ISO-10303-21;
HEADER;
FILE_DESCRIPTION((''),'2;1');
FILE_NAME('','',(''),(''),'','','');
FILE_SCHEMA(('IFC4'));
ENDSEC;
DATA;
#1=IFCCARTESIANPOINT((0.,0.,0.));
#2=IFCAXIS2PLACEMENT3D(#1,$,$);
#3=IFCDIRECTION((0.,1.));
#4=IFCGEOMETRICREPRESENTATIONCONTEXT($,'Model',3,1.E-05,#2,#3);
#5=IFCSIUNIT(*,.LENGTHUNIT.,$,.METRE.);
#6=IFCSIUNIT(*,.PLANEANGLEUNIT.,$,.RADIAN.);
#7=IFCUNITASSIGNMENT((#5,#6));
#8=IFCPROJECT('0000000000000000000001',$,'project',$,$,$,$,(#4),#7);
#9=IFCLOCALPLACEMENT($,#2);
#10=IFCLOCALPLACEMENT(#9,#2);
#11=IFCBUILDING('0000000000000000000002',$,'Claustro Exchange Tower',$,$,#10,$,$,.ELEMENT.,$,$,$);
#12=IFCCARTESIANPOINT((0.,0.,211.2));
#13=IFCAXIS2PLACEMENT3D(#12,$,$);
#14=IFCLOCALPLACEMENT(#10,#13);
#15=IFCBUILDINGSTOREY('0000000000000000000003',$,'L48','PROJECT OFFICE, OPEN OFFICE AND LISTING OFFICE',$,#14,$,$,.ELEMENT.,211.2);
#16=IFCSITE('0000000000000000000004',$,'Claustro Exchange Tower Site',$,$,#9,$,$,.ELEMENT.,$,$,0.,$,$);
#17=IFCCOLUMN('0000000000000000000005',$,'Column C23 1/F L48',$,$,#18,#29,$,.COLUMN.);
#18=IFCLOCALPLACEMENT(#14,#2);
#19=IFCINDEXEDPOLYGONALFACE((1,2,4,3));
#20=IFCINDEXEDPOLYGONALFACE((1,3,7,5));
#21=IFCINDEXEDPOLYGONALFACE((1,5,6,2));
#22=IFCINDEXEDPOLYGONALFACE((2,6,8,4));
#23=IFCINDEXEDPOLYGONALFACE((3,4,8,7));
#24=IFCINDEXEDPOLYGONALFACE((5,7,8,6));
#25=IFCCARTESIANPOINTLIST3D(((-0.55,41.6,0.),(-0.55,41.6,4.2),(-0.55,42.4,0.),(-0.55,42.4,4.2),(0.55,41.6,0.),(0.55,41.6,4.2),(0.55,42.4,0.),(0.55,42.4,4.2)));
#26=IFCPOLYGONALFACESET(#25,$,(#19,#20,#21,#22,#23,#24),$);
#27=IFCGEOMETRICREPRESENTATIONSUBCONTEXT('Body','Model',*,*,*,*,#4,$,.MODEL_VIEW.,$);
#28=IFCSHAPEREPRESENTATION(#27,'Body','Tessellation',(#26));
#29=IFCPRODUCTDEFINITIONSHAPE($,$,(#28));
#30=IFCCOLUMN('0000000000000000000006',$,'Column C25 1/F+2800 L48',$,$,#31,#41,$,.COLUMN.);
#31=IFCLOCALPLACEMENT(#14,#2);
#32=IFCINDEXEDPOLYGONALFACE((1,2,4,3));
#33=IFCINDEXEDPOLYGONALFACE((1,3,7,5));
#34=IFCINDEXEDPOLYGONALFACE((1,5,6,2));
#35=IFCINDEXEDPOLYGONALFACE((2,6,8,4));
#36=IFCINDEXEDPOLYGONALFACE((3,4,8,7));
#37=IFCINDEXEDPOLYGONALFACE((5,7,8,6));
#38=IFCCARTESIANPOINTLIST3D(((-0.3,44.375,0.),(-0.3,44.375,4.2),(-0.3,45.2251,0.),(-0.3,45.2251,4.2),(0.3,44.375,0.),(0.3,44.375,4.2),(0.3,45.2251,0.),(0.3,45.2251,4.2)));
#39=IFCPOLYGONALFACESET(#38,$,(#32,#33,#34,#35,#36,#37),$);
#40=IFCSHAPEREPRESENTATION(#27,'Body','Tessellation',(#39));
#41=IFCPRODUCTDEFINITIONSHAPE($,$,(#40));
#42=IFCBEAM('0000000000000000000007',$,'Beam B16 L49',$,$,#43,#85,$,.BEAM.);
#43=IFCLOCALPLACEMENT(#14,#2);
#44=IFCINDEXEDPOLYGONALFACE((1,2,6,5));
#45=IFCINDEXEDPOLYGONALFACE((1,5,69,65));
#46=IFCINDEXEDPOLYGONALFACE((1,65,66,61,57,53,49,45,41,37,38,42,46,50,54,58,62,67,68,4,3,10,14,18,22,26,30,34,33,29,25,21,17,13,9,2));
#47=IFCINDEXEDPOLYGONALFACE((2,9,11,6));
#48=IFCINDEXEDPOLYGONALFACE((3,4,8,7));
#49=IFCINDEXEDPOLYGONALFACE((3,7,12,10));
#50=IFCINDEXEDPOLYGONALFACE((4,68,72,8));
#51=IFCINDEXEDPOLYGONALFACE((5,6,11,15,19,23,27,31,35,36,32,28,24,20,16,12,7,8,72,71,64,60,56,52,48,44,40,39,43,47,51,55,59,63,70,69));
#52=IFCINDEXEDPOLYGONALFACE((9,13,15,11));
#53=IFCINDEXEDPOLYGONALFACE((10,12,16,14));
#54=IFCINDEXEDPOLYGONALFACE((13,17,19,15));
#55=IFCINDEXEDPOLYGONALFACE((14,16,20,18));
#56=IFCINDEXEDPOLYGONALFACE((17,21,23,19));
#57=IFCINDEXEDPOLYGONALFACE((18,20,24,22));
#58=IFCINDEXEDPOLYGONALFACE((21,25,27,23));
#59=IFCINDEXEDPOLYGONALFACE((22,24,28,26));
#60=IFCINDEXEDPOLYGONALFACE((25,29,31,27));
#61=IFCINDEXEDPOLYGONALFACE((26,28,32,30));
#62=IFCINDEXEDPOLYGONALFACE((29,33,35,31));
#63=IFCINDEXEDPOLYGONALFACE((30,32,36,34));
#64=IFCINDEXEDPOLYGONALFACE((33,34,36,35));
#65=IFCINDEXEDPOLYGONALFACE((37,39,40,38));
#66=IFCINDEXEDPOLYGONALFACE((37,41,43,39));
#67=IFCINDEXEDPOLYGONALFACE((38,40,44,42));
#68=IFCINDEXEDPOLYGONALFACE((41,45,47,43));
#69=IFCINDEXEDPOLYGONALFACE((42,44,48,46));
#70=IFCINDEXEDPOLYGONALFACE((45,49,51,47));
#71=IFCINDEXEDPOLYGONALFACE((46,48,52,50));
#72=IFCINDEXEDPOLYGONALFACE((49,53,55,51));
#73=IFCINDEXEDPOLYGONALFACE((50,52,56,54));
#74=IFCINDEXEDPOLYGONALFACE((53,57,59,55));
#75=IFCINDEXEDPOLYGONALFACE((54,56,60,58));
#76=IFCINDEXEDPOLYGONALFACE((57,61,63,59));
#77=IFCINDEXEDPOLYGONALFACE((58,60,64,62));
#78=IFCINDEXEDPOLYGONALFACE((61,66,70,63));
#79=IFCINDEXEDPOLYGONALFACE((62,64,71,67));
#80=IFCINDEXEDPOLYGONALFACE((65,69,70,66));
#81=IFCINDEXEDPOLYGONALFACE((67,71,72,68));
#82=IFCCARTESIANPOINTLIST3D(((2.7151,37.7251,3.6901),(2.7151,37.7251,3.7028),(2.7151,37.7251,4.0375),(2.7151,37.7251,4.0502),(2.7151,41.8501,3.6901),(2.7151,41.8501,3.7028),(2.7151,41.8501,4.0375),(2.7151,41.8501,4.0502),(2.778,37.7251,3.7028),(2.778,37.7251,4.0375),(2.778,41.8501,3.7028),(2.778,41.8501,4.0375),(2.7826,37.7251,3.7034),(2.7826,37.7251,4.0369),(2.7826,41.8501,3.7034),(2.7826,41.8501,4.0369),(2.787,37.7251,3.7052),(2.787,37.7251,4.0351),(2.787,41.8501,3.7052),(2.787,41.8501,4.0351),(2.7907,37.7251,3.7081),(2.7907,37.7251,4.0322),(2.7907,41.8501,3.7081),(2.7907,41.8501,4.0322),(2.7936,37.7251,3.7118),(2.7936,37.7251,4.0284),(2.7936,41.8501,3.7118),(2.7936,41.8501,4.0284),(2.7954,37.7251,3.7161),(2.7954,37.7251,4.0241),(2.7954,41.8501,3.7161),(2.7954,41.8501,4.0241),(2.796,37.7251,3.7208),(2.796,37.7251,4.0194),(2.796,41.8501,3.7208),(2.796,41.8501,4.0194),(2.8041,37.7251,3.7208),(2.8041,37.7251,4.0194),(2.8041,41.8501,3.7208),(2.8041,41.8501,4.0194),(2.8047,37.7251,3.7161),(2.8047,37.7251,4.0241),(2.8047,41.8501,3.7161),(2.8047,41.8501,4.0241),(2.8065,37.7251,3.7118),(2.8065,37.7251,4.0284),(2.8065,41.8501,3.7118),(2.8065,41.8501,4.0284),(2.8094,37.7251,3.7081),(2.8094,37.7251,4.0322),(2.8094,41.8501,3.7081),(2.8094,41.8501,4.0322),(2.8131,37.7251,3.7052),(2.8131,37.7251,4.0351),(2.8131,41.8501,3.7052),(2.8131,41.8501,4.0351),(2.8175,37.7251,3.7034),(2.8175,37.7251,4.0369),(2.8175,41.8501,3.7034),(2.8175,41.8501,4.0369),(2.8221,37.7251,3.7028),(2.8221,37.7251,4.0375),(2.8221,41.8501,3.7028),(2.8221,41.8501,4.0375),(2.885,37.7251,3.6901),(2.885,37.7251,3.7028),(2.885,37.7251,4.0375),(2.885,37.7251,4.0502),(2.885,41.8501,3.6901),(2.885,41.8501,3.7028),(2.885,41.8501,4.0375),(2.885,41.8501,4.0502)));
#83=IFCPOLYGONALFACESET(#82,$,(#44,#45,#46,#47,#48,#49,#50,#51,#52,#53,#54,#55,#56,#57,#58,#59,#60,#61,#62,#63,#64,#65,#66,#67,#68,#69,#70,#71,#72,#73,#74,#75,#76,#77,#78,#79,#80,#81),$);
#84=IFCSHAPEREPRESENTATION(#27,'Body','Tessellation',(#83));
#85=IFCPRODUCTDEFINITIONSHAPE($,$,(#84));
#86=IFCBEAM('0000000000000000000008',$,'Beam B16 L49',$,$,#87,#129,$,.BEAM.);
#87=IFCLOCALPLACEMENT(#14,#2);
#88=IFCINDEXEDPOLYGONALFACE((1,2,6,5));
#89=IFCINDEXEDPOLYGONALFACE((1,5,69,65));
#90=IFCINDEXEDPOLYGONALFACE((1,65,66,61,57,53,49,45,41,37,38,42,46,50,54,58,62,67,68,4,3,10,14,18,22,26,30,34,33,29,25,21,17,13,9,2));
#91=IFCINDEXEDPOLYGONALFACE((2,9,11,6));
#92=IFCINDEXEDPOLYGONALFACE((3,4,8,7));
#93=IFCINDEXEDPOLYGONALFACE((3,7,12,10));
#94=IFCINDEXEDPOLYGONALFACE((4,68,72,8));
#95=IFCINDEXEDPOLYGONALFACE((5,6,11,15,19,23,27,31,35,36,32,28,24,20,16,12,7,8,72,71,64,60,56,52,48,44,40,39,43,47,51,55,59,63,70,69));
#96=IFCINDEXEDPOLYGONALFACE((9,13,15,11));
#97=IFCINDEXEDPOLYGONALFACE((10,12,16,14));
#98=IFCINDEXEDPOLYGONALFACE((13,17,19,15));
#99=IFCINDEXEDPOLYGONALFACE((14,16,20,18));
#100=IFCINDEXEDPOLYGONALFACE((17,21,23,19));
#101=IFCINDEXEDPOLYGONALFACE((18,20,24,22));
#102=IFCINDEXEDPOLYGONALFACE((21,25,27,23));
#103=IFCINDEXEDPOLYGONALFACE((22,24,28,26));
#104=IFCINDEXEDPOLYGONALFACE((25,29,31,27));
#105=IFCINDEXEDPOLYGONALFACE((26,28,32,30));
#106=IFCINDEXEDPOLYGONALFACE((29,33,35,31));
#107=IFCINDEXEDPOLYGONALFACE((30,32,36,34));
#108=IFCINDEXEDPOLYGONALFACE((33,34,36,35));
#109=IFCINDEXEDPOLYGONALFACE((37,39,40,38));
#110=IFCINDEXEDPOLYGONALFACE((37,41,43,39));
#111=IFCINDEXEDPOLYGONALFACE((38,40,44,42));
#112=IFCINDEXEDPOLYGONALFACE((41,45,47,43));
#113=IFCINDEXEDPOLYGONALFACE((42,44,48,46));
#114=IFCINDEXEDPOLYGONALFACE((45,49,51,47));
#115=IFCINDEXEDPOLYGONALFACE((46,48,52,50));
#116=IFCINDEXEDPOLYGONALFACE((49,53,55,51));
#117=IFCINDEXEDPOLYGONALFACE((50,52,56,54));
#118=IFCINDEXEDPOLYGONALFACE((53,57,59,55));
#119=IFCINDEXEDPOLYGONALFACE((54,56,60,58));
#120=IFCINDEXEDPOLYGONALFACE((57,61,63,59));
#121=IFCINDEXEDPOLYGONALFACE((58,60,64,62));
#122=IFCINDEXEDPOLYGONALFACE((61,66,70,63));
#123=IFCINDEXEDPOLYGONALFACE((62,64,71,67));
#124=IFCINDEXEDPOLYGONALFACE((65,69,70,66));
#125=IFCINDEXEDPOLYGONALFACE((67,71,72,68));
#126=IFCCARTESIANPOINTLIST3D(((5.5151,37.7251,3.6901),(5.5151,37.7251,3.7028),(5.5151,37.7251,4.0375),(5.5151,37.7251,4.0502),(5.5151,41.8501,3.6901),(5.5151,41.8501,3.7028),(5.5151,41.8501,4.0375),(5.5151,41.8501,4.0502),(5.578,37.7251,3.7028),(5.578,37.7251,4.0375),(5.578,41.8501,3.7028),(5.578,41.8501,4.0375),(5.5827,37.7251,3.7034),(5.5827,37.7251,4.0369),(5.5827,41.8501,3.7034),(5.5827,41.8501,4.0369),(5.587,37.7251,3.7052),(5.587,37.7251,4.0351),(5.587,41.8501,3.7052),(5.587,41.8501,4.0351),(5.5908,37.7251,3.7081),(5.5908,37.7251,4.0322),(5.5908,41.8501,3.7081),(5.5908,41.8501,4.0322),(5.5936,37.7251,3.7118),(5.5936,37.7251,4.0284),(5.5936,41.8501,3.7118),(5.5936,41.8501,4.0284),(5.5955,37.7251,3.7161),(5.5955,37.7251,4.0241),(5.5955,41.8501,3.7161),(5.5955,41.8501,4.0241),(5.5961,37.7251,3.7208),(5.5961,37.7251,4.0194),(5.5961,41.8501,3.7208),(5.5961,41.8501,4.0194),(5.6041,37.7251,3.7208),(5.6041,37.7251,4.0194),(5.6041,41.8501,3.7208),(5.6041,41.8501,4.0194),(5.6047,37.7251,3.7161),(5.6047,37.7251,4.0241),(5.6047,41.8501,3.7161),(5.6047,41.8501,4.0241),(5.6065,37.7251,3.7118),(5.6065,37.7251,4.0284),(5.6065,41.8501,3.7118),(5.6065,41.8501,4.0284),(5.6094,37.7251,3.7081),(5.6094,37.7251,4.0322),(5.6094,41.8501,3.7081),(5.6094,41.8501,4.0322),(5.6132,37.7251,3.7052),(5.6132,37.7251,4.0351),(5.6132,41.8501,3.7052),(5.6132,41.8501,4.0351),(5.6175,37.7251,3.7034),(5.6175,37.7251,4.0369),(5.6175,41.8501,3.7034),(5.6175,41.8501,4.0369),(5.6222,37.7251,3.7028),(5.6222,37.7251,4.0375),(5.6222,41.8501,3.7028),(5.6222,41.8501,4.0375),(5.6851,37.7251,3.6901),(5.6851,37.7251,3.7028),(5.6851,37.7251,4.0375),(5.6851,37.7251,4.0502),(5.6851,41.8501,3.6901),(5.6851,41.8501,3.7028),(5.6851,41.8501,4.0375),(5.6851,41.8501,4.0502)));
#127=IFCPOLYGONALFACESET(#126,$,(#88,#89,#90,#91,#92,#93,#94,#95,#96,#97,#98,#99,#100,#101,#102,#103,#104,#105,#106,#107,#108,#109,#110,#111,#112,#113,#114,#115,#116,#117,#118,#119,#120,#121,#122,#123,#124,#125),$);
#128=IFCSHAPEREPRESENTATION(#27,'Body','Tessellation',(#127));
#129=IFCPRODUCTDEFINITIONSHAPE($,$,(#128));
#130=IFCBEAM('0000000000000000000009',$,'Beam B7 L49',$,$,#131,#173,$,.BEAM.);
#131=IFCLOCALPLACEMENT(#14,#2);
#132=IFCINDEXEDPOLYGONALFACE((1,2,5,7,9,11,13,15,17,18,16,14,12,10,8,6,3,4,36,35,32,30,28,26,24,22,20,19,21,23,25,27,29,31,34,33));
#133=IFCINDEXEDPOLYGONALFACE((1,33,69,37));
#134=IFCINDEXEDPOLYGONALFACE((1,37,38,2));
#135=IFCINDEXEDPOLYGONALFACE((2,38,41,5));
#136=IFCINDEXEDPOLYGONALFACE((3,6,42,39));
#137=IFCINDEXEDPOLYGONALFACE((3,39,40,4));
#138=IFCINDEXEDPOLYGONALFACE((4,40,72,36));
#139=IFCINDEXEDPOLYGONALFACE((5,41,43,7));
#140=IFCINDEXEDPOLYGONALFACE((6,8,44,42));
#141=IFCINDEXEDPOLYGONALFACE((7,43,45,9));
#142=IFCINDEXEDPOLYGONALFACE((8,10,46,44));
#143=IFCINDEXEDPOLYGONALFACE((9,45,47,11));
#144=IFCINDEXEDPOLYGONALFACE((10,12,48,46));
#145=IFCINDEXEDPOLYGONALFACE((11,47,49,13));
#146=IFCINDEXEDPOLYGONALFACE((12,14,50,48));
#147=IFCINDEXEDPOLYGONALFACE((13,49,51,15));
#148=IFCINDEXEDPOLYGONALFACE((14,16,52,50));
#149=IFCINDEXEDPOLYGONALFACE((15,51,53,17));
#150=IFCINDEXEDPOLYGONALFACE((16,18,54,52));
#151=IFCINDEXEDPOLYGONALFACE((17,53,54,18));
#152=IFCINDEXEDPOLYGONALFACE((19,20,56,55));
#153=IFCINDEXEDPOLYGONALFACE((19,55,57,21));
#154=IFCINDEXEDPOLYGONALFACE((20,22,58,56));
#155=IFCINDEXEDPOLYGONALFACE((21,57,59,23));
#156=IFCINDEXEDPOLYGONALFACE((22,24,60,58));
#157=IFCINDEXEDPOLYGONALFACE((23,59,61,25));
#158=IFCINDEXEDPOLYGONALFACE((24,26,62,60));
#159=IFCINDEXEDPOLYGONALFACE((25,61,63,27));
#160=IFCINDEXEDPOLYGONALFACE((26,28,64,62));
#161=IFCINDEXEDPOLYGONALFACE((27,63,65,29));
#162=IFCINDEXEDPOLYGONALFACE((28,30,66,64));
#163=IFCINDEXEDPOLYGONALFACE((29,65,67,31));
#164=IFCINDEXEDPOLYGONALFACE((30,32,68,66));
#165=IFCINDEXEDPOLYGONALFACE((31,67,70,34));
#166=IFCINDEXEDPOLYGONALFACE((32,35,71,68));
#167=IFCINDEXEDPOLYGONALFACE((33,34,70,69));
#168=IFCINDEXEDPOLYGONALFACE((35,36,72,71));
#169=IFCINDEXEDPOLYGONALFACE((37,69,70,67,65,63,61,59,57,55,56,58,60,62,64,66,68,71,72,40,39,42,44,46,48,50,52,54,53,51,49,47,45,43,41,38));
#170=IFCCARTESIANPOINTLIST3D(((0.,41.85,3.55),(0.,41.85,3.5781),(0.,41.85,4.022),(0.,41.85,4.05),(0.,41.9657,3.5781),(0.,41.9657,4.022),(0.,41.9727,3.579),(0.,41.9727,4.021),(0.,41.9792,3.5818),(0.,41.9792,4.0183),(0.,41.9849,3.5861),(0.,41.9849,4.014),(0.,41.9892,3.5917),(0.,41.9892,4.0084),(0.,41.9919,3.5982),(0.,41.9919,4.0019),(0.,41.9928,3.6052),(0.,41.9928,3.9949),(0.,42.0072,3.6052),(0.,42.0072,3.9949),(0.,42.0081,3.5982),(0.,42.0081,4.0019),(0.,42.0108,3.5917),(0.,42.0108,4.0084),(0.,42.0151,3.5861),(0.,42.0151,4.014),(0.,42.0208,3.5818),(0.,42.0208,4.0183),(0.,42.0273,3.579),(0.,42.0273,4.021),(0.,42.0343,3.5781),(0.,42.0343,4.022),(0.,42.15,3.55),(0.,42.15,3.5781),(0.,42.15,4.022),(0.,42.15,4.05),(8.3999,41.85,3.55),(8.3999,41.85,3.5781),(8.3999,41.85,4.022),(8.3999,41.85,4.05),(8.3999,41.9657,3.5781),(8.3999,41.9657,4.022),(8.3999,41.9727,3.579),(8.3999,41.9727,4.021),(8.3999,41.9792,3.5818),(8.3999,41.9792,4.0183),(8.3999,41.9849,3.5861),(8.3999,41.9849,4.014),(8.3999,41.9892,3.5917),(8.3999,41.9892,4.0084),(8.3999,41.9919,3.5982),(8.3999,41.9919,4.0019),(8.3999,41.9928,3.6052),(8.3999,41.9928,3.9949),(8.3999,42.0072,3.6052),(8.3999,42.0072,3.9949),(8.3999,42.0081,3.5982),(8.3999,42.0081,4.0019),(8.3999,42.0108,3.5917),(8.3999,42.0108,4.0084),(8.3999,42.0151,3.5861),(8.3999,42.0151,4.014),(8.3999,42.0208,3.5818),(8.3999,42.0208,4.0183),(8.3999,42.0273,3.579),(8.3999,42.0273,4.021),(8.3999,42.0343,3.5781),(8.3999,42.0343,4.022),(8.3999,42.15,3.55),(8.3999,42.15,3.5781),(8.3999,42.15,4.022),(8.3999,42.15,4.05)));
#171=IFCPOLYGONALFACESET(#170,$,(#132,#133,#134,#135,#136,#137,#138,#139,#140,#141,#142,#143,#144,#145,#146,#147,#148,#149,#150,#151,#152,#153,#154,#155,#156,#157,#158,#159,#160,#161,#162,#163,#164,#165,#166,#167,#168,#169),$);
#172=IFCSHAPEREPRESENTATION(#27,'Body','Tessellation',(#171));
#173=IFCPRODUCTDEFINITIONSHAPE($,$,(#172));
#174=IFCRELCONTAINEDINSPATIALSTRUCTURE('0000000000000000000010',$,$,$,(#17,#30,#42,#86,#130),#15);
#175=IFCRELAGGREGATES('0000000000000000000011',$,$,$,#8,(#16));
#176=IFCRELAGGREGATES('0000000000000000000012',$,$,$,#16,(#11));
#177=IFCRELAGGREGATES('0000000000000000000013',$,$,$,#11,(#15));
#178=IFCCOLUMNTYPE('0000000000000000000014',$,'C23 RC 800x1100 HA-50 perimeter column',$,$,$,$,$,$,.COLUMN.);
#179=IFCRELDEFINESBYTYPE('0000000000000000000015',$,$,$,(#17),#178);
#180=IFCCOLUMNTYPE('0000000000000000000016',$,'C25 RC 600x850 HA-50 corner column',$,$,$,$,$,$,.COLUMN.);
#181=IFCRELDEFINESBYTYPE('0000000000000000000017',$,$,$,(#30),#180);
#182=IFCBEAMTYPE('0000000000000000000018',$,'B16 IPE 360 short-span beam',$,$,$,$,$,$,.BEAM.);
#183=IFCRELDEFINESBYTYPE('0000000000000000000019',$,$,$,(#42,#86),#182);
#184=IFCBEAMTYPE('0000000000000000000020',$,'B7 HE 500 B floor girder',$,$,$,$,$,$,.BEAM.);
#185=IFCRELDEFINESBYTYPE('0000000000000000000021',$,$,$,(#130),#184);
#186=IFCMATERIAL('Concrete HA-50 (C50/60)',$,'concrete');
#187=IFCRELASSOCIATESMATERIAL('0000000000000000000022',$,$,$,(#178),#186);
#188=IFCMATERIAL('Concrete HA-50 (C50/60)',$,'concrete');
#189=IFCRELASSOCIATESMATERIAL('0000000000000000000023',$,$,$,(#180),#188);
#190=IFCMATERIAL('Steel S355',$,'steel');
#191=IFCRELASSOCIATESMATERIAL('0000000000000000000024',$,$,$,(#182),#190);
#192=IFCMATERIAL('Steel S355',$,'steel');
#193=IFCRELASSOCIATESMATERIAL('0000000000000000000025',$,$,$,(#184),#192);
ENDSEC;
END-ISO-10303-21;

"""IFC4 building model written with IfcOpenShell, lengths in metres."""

from ifc_helpers import new_model, si_unit, direction, frame, origin, origin_2d, place, context, subcontext, project, spatial, rectangle, i_section, extrude, material, material_profile, profile_set, type_object, element, save


model = new_model("IFC4")

# Units and contexts
model_context = context("Model", 3, precision=1e-05, world=origin(), true_north=direction((0.0, 1.0)))
body_context = subcontext(model_context, "Body", "Model", "MODEL_VIEW")
ifc_project = project(units=[si_unit("LENGTHUNIT", "METRE"), si_unit("PLANEANGLEUNIT", "RADIAN")], contexts=[model_context])

# Site, building, storey
site_placement = place(None, origin())
site = spatial("IfcSite", under=ifc_project, at=site_placement, Name="Claustro Exchange Tower Site", CompositionType="ELEMENT", RefElevation=0.0)
building_placement = place(site_placement, origin())
building = spatial("IfcBuilding", under=site, at=building_placement, Name="Claustro Exchange Tower", CompositionType="ELEMENT")
storey_placement = place(building_placement, frame((0.0, 0.0, 211.2)))
storey = spatial("IfcBuildingStorey", under=building, at=storey_placement, Name="L48", Description="PROJECT OFFICE, OPEN OFFICE AND LISTING OFFICE", CompositionType="ELEMENT", Elevation=211.2)

# Columns
ifc_material_1 = material(Name="Concrete HA-50 (C50/60)", Category="concrete")
ifc_material_profile_1 = material_profile(ifc_material_1, rectangle(XDim=0.8, YDim=1.1001, at=origin_2d()), Name="RC 800x1100")
ifc_profile_set_1 = profile_set([ifc_material_profile_1], Name="Concrete HA-50 (C50/60)")
column_type_1 = type_object("IfcColumnType", Name="C23 RC 800x1100 HA-50 perimeter column", PredefinedType="COLUMN", material=ifc_profile_set_1)
column_1_placement = place(storey_placement, frame((0.0, 42.0, 0.0), z_axis=(0.0, 0.0, 1.0), x_axis=(0.0, 1.0, 0.0)))
element("IfcColumn", 1, at=column_1_placement, inside=storey, type_object=column_type_1, Name="Column C23 1/F L48", PredefinedType="COLUMN", context=body_context, shape_type="SweptSolid", body=[
    extrude(rectangle(XDim=0.8, YDim=1.1001, at=origin_2d()), origin(), (0.0, 0.0, 1.0), 4.2),
])
ifc_material_2 = material(Name="Concrete HA-50 (C50/60)", Category="concrete")
ifc_material_profile_2 = material_profile(ifc_material_2, rectangle(XDim=0.6001, YDim=0.8501, at=origin_2d()), Name="RC 600x850")
ifc_profile_set_2 = profile_set([ifc_material_profile_2], Name="Concrete HA-50 (C50/60)")
column_type_2 = type_object("IfcColumnType", Name="C25 RC 600x850 HA-50 corner column", PredefinedType="COLUMN", material=ifc_profile_set_2)
column_2_placement = place(storey_placement, frame((0.0, 44.8, 0.0), z_axis=(0.0, 0.0, 1.0), x_axis=(1.0, 0.0, 0.0)))
element("IfcColumn", 2, at=column_2_placement, inside=storey, type_object=column_type_2, Name="Column C25 1/F+2800 L48", PredefinedType="COLUMN", context=body_context, shape_type="SweptSolid", body=[
    extrude(rectangle(XDim=0.6001, YDim=0.8501, at=origin_2d()), origin(), (0.0, 0.0, 1.0), 4.2),
])

# Beams
ifc_material_3 = material(Name="Steel S355", Category="steel")
ifc_material_profile_3 = material_profile(ifc_material_3, i_section(OverallWidth=0.1699, OverallDepth=0.3601, WebThickness=0.0081, FlangeThickness=0.0127, FilletRadius=0.0181, at=origin_2d()), Name="IPE 360")
ifc_profile_set_3 = profile_set([ifc_material_profile_3], Name="Steel S355")
beam_type_1 = type_object("IfcBeamType", Name="B16 IPE 360 short-span beam", PredefinedType="BEAM", material=ifc_profile_set_3)
for number, where, z_axis, x_axis, name in (
    (3, (2.8, 37.7251, 3.8701), (0.0, 1.0, 0.0), (-1.0, 0.0, 0.0), "Beam B16 L49"),
    (4, (5.6001, 37.7251, 3.8701), (0.0, 1.0, 0.0), (-1.0, 0.0, 0.0), "Beam B16 L49"),
):
    element("IfcBeam", number, at=place(storey_placement, frame(where, z_axis=z_axis, x_axis=x_axis)), inside=storey, type_object=beam_type_1, Name=name, PredefinedType="BEAM", context=body_context, shape_type="SweptSolid", body=[
        extrude(i_section(OverallWidth=0.1699, OverallDepth=0.3601, WebThickness=0.0081, FlangeThickness=0.0127, FilletRadius=0.0181, at=origin_2d()), origin(), (0.0, 0.0, 1.0), 4.125),
    ])
ifc_material_4 = material(Name="Steel S355", Category="steel")
ifc_material_profile_4 = material_profile(ifc_material_4, i_section(OverallWidth=0.3, OverallDepth=0.5, WebThickness=0.0144, FlangeThickness=0.0281, FilletRadius=0.0271, at=origin_2d()), Name="HE 500 B")
ifc_profile_set_4 = profile_set([ifc_material_profile_4], Name="Steel S355")
beam_type_2 = type_object("IfcBeamType", Name="B7 HE 500 B floor girder", PredefinedType="BEAM", material=ifc_profile_set_4)
beam_1_placement = place(storey_placement, frame((0.0, 42.0, 3.8), z_axis=(1.0, 0.0, 0.0), x_axis=(0.0, 1.0, 0.0)))
element("IfcBeam", 5, at=beam_1_placement, inside=storey, type_object=beam_type_2, Name="Beam B7 L49", PredefinedType="BEAM", context=body_context, shape_type="SweptSolid", body=[
    extrude(i_section(OverallWidth=0.3, OverallDepth=0.5, WebThickness=0.0144, FlangeThickness=0.0281, FilletRadius=0.0271, at=origin_2d()), origin(), (0.0, 0.0, 1.0), 8.3999),
])

save(model, "model.ifc")
